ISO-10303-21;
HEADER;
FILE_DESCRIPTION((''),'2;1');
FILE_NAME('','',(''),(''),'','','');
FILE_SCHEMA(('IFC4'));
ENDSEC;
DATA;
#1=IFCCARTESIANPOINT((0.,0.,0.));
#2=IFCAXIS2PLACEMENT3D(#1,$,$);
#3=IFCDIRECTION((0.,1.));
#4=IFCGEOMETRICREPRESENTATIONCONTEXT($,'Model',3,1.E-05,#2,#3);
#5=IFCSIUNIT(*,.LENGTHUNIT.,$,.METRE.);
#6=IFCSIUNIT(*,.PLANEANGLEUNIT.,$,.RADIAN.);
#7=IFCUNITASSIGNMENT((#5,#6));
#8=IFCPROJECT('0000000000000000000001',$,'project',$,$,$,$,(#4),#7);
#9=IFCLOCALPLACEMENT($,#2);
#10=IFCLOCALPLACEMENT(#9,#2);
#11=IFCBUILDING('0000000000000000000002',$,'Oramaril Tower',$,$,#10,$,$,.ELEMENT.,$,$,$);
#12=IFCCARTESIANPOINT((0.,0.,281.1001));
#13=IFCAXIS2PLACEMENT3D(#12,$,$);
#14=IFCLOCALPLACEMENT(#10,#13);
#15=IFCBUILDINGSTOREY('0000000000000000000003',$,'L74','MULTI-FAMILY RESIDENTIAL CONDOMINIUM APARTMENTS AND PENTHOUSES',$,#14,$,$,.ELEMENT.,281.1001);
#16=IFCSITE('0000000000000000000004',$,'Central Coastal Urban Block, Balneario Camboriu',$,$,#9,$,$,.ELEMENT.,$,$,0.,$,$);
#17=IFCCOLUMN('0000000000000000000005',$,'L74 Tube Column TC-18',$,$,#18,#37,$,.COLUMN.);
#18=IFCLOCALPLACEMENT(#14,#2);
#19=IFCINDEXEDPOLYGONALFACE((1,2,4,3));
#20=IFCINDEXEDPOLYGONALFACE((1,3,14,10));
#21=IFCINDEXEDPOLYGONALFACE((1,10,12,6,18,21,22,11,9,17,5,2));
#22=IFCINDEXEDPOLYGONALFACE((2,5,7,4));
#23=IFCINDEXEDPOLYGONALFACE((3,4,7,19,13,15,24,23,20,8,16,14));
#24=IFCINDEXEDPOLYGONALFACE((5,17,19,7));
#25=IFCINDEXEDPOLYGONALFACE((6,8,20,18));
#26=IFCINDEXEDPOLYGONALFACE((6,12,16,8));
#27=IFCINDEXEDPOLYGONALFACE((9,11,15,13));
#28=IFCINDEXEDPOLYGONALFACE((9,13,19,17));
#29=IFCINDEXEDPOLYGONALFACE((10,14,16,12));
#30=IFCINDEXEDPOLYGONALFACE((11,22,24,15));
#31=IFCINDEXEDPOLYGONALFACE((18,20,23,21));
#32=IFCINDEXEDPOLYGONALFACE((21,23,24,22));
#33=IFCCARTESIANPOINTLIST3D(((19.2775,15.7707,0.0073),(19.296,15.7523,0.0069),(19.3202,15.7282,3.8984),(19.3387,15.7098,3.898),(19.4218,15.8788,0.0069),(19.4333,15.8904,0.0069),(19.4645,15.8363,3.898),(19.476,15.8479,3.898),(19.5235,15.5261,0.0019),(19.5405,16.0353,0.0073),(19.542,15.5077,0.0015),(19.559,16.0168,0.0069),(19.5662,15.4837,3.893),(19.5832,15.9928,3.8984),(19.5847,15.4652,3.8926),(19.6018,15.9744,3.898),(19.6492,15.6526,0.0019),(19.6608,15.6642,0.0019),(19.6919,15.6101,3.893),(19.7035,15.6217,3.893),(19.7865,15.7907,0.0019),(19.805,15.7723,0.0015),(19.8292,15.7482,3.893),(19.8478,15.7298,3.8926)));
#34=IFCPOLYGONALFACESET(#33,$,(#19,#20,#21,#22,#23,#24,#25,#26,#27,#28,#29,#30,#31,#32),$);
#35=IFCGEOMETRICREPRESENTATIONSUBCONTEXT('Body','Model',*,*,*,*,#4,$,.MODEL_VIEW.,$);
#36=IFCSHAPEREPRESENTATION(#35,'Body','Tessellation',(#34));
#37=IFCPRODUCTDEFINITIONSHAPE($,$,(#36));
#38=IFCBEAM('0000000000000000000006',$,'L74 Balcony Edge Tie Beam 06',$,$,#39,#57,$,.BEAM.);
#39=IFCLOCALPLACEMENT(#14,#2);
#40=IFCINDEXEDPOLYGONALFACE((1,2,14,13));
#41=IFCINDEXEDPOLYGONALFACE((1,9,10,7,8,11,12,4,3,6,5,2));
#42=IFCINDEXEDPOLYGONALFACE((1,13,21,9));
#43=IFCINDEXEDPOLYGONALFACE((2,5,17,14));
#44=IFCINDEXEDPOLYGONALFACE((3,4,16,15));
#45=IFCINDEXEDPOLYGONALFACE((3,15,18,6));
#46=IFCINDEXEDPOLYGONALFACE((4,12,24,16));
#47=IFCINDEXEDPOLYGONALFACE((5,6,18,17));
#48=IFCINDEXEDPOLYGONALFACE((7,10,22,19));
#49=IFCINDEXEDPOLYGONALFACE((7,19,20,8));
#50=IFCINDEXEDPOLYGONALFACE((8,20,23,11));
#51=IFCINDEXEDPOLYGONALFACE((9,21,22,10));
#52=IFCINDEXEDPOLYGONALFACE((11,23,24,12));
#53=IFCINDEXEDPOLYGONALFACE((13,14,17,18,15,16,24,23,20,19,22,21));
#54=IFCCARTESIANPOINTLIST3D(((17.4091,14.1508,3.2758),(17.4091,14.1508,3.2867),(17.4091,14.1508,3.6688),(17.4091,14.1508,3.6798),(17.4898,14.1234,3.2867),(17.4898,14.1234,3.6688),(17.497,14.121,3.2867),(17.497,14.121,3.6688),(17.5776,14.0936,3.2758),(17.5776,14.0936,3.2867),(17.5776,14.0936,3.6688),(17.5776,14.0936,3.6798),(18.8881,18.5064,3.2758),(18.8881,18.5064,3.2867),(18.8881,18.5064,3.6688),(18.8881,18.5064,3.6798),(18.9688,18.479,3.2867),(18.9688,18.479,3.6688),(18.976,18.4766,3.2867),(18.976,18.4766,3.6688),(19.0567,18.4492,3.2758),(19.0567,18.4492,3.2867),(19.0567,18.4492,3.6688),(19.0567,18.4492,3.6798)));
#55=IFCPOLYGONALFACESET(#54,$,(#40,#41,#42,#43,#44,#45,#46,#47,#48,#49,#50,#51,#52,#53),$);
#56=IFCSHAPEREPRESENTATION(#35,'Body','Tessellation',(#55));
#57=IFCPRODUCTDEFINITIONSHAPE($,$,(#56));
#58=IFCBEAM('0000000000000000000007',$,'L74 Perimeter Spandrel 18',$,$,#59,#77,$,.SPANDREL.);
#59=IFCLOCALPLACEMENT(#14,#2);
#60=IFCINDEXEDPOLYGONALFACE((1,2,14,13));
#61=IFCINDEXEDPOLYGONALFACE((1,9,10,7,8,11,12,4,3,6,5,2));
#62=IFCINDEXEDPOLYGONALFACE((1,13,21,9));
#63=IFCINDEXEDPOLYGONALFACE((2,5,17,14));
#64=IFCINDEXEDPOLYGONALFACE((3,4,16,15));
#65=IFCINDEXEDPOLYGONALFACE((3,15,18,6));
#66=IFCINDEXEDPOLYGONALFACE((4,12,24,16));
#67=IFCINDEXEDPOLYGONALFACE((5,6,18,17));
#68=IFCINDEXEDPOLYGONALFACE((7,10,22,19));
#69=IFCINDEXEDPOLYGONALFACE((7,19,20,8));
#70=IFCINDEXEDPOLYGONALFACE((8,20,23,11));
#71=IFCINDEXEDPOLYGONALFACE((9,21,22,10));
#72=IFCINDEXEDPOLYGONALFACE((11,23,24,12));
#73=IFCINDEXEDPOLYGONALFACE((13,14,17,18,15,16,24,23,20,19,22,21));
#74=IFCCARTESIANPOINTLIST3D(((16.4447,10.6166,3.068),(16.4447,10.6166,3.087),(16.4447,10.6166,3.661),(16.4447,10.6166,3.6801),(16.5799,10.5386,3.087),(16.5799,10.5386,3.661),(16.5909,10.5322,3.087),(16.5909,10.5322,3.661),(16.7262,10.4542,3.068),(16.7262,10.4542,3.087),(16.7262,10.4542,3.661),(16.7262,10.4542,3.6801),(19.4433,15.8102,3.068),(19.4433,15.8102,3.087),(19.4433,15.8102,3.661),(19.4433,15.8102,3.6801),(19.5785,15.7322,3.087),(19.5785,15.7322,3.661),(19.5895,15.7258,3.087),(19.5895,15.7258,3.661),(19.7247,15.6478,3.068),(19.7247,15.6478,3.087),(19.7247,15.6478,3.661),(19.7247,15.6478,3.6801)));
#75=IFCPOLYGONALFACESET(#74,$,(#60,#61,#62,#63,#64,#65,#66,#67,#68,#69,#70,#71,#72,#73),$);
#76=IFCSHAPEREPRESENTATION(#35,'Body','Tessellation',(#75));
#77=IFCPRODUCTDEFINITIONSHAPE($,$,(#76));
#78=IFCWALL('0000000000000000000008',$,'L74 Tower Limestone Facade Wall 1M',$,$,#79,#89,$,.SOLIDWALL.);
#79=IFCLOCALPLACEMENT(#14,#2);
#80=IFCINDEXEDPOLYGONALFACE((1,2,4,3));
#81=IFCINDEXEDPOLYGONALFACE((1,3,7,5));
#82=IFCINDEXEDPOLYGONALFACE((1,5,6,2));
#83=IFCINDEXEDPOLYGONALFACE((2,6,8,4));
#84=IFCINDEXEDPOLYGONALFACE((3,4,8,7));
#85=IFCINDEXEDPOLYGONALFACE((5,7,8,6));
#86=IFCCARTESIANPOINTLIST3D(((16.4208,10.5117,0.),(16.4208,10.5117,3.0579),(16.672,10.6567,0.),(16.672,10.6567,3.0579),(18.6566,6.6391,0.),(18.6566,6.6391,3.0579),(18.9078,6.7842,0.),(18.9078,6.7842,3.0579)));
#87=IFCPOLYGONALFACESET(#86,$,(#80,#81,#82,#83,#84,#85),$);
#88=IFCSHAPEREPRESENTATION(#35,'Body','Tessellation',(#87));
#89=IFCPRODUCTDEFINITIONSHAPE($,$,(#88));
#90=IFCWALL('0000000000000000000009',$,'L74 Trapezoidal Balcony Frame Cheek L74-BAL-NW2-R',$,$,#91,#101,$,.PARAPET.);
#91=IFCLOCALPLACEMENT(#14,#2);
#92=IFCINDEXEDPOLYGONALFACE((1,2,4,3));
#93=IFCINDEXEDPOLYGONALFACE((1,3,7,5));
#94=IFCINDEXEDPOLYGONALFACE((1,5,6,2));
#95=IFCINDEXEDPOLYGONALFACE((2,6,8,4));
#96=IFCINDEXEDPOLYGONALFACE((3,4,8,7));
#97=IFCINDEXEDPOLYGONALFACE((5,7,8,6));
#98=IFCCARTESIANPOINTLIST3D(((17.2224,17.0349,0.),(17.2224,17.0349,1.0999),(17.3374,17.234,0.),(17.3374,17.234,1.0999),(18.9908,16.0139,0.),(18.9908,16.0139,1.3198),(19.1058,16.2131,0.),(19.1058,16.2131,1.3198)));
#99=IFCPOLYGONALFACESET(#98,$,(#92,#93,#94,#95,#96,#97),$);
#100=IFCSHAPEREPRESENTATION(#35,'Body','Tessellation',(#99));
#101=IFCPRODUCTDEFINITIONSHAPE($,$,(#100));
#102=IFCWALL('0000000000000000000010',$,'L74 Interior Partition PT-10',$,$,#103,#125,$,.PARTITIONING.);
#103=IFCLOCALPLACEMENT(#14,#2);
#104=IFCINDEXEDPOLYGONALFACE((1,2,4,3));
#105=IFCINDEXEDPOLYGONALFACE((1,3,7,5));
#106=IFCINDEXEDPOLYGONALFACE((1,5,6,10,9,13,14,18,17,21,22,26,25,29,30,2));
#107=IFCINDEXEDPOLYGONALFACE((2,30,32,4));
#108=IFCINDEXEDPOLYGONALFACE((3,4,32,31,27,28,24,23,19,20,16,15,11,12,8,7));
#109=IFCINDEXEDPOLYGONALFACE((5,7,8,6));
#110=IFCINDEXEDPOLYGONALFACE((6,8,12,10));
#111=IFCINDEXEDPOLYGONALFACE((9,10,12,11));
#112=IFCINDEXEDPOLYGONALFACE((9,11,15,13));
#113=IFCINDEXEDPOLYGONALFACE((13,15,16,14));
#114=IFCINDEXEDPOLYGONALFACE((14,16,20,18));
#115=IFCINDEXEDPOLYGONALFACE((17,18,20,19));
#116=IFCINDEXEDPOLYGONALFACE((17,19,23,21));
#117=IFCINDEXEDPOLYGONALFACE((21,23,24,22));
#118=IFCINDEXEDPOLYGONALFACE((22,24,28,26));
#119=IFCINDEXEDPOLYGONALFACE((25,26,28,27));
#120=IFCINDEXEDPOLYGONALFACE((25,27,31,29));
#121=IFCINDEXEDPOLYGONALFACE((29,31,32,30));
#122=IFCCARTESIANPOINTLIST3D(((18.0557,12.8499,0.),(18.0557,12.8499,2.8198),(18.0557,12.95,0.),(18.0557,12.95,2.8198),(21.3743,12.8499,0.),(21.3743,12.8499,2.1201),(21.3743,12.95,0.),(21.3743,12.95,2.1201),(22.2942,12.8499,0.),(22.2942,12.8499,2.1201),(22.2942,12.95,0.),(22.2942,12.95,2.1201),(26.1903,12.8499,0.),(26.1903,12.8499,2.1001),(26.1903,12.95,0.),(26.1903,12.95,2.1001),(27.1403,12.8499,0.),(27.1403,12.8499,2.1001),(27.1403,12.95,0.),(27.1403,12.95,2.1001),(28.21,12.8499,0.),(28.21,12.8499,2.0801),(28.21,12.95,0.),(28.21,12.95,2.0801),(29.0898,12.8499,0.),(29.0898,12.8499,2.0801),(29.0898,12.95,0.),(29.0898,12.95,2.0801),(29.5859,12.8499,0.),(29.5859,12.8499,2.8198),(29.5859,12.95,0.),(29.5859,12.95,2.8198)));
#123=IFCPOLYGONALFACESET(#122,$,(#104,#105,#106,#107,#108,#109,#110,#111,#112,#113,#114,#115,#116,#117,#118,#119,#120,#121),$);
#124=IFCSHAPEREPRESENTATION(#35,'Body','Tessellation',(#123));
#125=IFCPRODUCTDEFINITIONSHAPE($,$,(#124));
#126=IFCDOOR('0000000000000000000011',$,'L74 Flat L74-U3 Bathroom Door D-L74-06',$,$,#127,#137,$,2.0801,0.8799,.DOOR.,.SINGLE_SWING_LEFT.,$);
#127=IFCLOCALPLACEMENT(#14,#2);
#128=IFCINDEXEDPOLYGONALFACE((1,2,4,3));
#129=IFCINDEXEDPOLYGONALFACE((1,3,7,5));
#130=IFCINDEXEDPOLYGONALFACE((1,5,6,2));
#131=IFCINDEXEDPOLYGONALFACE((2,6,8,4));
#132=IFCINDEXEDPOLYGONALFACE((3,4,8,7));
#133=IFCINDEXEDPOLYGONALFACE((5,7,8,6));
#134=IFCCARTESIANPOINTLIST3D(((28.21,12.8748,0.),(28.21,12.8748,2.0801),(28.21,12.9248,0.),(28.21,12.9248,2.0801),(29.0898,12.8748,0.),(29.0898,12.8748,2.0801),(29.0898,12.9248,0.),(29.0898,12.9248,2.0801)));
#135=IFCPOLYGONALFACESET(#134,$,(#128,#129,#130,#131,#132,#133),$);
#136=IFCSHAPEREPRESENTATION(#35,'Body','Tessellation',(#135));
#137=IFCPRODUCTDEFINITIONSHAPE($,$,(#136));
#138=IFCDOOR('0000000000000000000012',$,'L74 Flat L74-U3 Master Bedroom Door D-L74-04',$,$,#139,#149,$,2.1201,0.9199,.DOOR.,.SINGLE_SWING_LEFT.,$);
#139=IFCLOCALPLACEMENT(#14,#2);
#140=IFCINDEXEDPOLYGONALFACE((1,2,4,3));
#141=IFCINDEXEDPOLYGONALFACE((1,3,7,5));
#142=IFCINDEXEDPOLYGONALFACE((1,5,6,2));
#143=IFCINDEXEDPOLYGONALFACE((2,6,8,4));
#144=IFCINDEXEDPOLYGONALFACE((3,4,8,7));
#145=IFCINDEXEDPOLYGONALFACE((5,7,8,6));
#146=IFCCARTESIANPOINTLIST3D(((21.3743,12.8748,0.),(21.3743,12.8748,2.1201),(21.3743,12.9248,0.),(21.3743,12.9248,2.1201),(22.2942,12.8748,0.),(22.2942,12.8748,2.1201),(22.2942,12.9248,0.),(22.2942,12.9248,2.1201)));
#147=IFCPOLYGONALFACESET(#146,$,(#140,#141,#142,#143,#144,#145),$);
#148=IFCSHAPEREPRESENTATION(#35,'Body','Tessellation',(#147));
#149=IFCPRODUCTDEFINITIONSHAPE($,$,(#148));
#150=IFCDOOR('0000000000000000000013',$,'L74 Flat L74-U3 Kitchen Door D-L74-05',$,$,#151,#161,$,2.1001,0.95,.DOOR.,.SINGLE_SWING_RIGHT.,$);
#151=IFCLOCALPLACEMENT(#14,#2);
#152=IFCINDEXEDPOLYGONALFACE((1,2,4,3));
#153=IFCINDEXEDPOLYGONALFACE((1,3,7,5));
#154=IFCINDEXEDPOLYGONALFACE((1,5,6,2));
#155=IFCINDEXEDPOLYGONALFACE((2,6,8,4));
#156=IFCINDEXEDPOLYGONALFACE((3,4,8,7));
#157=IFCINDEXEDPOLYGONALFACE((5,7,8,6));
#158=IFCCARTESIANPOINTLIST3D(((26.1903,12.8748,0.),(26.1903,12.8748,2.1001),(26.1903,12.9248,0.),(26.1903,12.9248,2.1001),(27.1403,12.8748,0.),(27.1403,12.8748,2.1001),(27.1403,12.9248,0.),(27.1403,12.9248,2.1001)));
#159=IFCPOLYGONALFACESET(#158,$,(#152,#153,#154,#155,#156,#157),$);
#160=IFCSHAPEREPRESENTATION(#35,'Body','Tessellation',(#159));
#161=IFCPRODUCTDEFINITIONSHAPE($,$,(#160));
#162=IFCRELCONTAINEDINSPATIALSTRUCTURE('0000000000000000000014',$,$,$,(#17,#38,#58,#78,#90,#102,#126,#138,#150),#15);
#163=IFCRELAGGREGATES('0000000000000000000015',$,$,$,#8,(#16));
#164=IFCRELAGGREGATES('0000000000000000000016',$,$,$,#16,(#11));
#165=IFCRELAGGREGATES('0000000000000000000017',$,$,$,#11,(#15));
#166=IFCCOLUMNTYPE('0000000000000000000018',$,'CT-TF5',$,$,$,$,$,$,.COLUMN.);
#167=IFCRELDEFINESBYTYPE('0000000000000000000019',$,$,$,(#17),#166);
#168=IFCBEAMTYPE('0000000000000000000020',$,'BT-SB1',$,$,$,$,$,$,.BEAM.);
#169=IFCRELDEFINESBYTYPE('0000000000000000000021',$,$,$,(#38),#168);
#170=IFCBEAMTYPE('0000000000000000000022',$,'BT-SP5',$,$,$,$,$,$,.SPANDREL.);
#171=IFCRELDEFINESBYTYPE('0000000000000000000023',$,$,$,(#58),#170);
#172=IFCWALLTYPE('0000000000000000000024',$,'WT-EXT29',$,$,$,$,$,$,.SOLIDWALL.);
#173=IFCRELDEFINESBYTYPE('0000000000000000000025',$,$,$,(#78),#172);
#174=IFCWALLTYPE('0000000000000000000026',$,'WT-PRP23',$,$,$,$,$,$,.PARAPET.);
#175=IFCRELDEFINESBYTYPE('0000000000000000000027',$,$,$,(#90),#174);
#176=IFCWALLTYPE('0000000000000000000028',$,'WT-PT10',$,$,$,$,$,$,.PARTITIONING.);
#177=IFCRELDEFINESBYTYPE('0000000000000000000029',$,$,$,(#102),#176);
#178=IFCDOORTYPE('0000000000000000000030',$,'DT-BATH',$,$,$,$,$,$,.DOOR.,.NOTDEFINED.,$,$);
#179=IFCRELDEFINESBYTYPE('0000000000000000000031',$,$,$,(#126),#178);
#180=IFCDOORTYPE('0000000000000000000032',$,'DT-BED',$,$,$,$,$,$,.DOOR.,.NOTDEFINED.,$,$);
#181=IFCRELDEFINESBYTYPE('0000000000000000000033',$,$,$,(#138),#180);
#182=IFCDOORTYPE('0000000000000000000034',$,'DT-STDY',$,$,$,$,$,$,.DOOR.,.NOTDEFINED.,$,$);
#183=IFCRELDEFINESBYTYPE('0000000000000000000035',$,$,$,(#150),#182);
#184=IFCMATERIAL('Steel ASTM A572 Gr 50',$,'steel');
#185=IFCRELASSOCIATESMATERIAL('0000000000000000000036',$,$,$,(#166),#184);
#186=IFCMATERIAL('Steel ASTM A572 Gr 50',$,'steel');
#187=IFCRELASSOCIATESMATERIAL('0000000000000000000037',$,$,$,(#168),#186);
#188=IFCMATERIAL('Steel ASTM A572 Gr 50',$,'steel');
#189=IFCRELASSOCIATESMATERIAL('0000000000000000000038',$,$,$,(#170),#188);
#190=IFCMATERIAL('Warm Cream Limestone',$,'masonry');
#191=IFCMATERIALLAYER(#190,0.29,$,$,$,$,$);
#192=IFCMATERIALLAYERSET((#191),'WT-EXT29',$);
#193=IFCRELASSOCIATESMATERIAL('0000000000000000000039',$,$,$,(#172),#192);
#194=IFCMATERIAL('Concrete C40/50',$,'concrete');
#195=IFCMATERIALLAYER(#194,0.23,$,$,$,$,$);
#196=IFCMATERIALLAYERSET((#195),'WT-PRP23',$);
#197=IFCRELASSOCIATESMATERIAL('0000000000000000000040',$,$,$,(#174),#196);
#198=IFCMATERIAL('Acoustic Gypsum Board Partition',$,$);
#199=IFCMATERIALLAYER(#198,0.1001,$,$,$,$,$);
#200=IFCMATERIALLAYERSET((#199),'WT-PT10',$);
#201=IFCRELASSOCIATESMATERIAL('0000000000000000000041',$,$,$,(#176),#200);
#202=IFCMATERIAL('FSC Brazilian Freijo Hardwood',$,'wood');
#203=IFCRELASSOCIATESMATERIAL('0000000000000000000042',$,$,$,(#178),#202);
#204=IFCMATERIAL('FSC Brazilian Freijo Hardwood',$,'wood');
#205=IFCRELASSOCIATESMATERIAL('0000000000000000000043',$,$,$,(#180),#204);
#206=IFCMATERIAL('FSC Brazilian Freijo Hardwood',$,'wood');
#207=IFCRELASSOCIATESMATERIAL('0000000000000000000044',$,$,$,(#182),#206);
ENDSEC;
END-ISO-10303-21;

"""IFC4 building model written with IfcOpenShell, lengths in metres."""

from ifc_helpers import new_model, si_unit, direction, frame, frame_2d, origin, origin_2d, place, context, subcontext, project, spatial, polyline, rectangle, i_section, outline, extrude, material, layer, layer_set, material_profile, profile_set, type_object, element, fill, save


model = new_model("IFC4")

# Units and contexts
model_context = context("Model", 3, precision=1e-05, world=origin(), true_north=direction((0.0, 1.0)))
body_context = subcontext(model_context, "Body", "Model", "MODEL_VIEW")
ifc_project = project(units=[si_unit("LENGTHUNIT", "METRE"), si_unit("PLANEANGLEUNIT", "RADIAN")], contexts=[model_context])

# Site, building, storey
site_placement = place(None, origin())
site = spatial("IfcSite", under=ifc_project, at=site_placement, Name="Central Coastal Urban Block, Balneario Camboriu", CompositionType="ELEMENT", RefElevation=0.0)
building_placement = place(site_placement, origin())
building = spatial("IfcBuilding", under=site, at=building_placement, Name="Oramaril Tower", CompositionType="ELEMENT")
storey_placement = place(building_placement, frame((0.0, 0.0, 281.1001)))
storey = spatial("IfcBuildingStorey", under=building, at=storey_placement, Name="L74", Description="MULTI-FAMILY RESIDENTIAL CONDOMINIUM APARTMENTS AND PENTHOUSES", CompositionType="ELEMENT", Elevation=281.1001)

# Column
ifc_material_1 = material(Name="Steel ASTM A572 Gr 50", Category="steel")
ifc_material_profile_1 = material_profile(ifc_material_1, i_section(OverallWidth=0.373, OverallDepth=0.373, WebThickness=0.0164, FlangeThickness=0.0261, at=origin_2d()), Name="W14X132")
ifc_profile_set_1 = profile_set([ifc_material_profile_1], Name="Steel ASTM A572 Gr 50")
column_type = type_object("IfcColumnType", Name="CT-TF5", PredefinedType="COLUMN", material=ifc_profile_set_1)
column_placement = place(storey_placement, frame((19.5413, 15.7715, 0.0044), z_axis=(0.010979, -0.010916, 0.99988), x_axis=(0.705078, 0.70913, 0.0)))
element("IfcColumn", 1, at=column_placement, inside=storey, type_object=column_type, Name="L74 Tube Column TC-18", PredefinedType="COLUMN", context=body_context, shape_type="SweptSolid", body=[
    extrude(i_section(OverallWidth=0.373, OverallDepth=0.373, WebThickness=0.0164, FlangeThickness=0.0261, at=origin_2d()), origin(), (0.0, 0.0, 1.0), 3.8916),
])

# Beams
ifc_material_2 = material(Name="Steel ASTM A572 Gr 50", Category="steel")
ifc_material_profile_2 = material_profile(ifc_material_2, i_section(OverallWidth=0.178, OverallDepth=0.4041, WebThickness=0.0076, FlangeThickness=0.011, at=origin_2d()), Name="W16X36")
ifc_profile_set_2 = profile_set([ifc_material_profile_2], Name="Steel ASTM A572 Gr 50")
beam_type_1 = type_object("IfcBeamType", Name="BT-SB1", PredefinedType="BEAM", material=ifc_profile_set_2)
beam_1_placement = place(storey_placement, frame((18.9724, 18.4778, 3.4778), z_axis=(-0.321541, -0.946896, 0.0), x_axis=(0.946896, -0.321541, 0.0)))
element("IfcBeam", 2, at=beam_1_placement, inside=storey, type_object=beam_type_1, Name="L74 Balcony Edge Tie Beam 06", PredefinedType="BEAM", context=body_context, shape_type="SweptSolid", body=[
    extrude(i_section(OverallWidth=0.178, OverallDepth=0.4041, WebThickness=0.0076, FlangeThickness=0.011, at=origin_2d()), origin(), (0.0, 0.0, 1.0), 4.5999),
])
ifc_material_3 = material(Name="Steel ASTM A572 Gr 50", Category="steel")
ifc_material_profile_3 = material_profile(ifc_material_3, i_section(OverallWidth=0.325, OverallDepth=0.6121, WebThickness=0.0127, FlangeThickness=0.019, at=origin_2d()), Name="W24X104")
ifc_profile_set_3 = profile_set([ifc_material_profile_3], Name="Steel ASTM A572 Gr 50")
beam_type_2 = type_object("IfcBeamType", Name="BT-SP5", PredefinedType="SPANDREL", material=ifc_profile_set_3)
beam_2_placement = place(storey_placement, frame((19.584, 15.729, 3.374), z_axis=(-0.500001, -0.866025, 0.0), x_axis=(0.866025, -0.500001, 0.0)))
element("IfcBeam", 3, at=beam_2_placement, inside=storey, type_object=beam_type_2, Name="L74 Perimeter Spandrel 18", PredefinedType="SPANDREL", context=body_context, shape_type="SweptSolid", body=[
    extrude(i_section(OverallWidth=0.325, OverallDepth=0.6121, WebThickness=0.0127, FlangeThickness=0.019, at=origin_2d()), origin(), (0.0, 0.0, 1.0), 5.9971),
])

# Walls
ifc_material_4 = material(Name="Warm Cream Limestone", Category="masonry")
ifc_layer_1 = layer(ifc_material_4, 0.29)
ifc_layer_set_1 = layer_set([ifc_layer_1], Name="WT-EXT29")
wall_type_1 = type_object("IfcWallType", Name="WT-EXT29", PredefinedType="SOLIDWALL", material=ifc_layer_set_1)
wall_1_placement = place(storey_placement, frame((16.5464, 10.5842, 0.0), z_axis=(0.0, 0.0, 1.0), x_axis=(0.500003, -0.866024, 0.0)))
element("IfcWall", 4, at=wall_1_placement, inside=storey, type_object=wall_type_1, Name="L74 Tower Limestone Facade Wall 1M", PredefinedType="SOLIDWALL", context=body_context, shape_type="SweptSolid", body=[
    extrude(rectangle(XDim=4.4717, YDim=0.29, at=frame_2d((2.2358, 0.0))), origin(), (0.0, 0.0, 1.0), 3.0579),
])
ifc_material_5 = material(Name="Concrete C40/50", Category="concrete")
ifc_layer_2 = layer(ifc_material_5, 0.23)
ifc_layer_set_2 = layer_set([ifc_layer_2], Name="WT-PRP23")
wall_type_2 = type_object("IfcWallType", Name="WT-PRP23", PredefinedType="PARAPET", material=ifc_layer_set_2)
wall_2_placement = place(storey_placement, frame((19.0483, 16.1135, 0.0), z_axis=(0.0, 0.0, 1.0), x_axis=(-0.866042, 0.499971, 0.0)))
element("IfcWall", 5, at=wall_2_placement, inside=storey, type_object=wall_type_2, Name="L74 Trapezoidal Balcony Frame Cheek L74-BAL-NW2-R", PredefinedType="PARAPET", context=body_context, shape_type="SweptSolid", body=[
    extrude(outline(polyline([(0.0, 0.0), (2.042, 0.0), (2.042, 1.0999), (0.0, 1.3198), (0.0, 0.0)])), frame((0.0, 0.115, 0.0), z_axis=(0.0, -1.0, 0.0), x_axis=(1.0, 0.0, 0.0)), (0.0, 0.0, 1.0), 0.23),
])

# Wall, openings, doors
ifc_material_6 = material(Name="Acoustic Gypsum Board Partition")
ifc_layer_3 = layer(ifc_material_6, 0.1001)
ifc_layer_set_3 = layer_set([ifc_layer_3], Name="WT-PT10")
wall_type_3 = type_object("IfcWallType", Name="WT-PT10", PredefinedType="PARTITIONING", material=ifc_layer_set_3)
wall_3_placement = place(storey_placement, frame((18.0557, 12.8999, 0.0), z_axis=(0.0, 0.0, 1.0), x_axis=(1.0, 0.0, 0.0)))
wall_3 = element("IfcWall", 6, at=wall_3_placement, inside=storey, type_object=wall_type_3, Name="L74 Interior Partition PT-10", PredefinedType="PARTITIONING", context=body_context, shape_type="SweptSolid", body=[
    extrude(rectangle(XDim=11.5303, YDim=0.1001, at=frame_2d((5.7651, 0.0))), origin(), (0.0, 0.0, 1.0), 2.8198),
])
opening_1_placement = place(wall_3_placement, frame((3.3186, 0.0, 0.0)))
opening_1 = element("IfcOpeningElement", 7, at=opening_1_placement, cuts=wall_3, PredefinedType="OPENING", context=body_context, shape_type="SweptSolid", body=[
    extrude(rectangle(XDim=0.9199, YDim=2.1201, at=frame_2d((0.46, 1.0601))), frame((0.0, 0.05, 0.0), z_axis=(0.0, -1.0, 0.0), x_axis=(1.0, 0.0, 0.0)), (0.0, 0.0, 1.0), 0.1001),
])
opening_2_placement = place(wall_3_placement, frame((8.1345, 0.0, 0.0)))
opening_2 = element("IfcOpeningElement", 8, at=opening_2_placement, cuts=wall_3, PredefinedType="OPENING", context=body_context, shape_type="SweptSolid", body=[
    extrude(rectangle(XDim=0.95, YDim=2.1001, at=frame_2d((0.4751, 1.05))), frame((0.0, 0.05, 0.0), z_axis=(0.0, -1.0, 0.0), x_axis=(1.0, 0.0, 0.0)), (0.0, 0.0, 1.0), 0.1001),
])
opening_3_placement = place(wall_3_placement, frame((10.1543, 0.0, 0.0)))
opening_3 = element("IfcOpeningElement", 9, at=opening_3_placement, cuts=wall_3, PredefinedType="OPENING", context=body_context, shape_type="SweptSolid", body=[
    extrude(rectangle(XDim=0.8799, YDim=2.0801, at=frame_2d((0.4399, 1.04))), frame((0.0, 0.05, 0.0), z_axis=(0.0, -1.0, 0.0), x_axis=(1.0, 0.0, 0.0)), (0.0, 0.0, 1.0), 0.1001),
])
ifc_material_7 = material(Name="FSC Brazilian Freijo Hardwood", Category="wood")
door_type_1 = type_object("IfcDoorType", Name="DT-BATH", OperationType="NOTDEFINED", PredefinedType="DOOR", material=ifc_material_7)
door_1_placement = place(opening_3_placement, origin())
door_1 = element("IfcDoor", 10, at=door_1_placement, inside=storey, type_object=door_type_1, Name="L74 Flat L74-U3 Bathroom Door D-L74-06", OperationType="SINGLE_SWING_LEFT", OverallHeight=2.0801, OverallWidth=0.8799, PredefinedType="DOOR", context=body_context, shape_type="SweptSolid", body=[
    extrude(rectangle(XDim=0.8799, YDim=2.0801, at=frame_2d((0.4399, 1.04))), frame((0.0, 0.0249, 0.0), z_axis=(0.0, -1.0, 0.0), x_axis=(1.0, 0.0, 0.0)), (0.0, 0.0, 1.0), 0.05),
])
fill(opening_3, door_1)
ifc_material_8 = material(Name="FSC Brazilian Freijo Hardwood", Category="wood")
door_type_2 = type_object("IfcDoorType", Name="DT-BED", OperationType="NOTDEFINED", PredefinedType="DOOR", material=ifc_material_8)
door_2_placement = place(opening_1_placement, origin())
door_2 = element("IfcDoor", 11, at=door_2_placement, inside=storey, type_object=door_type_2, Name="L74 Flat L74-U3 Master Bedroom Door D-L74-04", OperationType="SINGLE_SWING_LEFT", OverallHeight=2.1201, OverallWidth=0.9199, PredefinedType="DOOR", context=body_context, shape_type="SweptSolid", body=[
    extrude(rectangle(XDim=0.9199, YDim=2.1201, at=frame_2d((0.46, 1.0601))), frame((0.0, 0.0249, 0.0), z_axis=(0.0, -1.0, 0.0), x_axis=(1.0, 0.0, 0.0)), (0.0, 0.0, 1.0), 0.05),
])
fill(opening_1, door_2)
ifc_material_9 = material(Name="FSC Brazilian Freijo Hardwood", Category="wood")
door_type_3 = type_object("IfcDoorType", Name="DT-STDY", OperationType="NOTDEFINED", PredefinedType="DOOR", material=ifc_material_9)
door_3_placement = place(opening_2_placement, origin())
door_3 = element("IfcDoor", 12, at=door_3_placement, inside=storey, type_object=door_type_3, Name="L74 Flat L74-U3 Kitchen Door D-L74-05", OperationType="SINGLE_SWING_RIGHT", OverallHeight=2.1001, OverallWidth=0.95, PredefinedType="DOOR", context=body_context, shape_type="SweptSolid", body=[
    extrude(rectangle(XDim=0.95, YDim=2.1001, at=frame_2d((0.4751, 1.05))), frame((0.0, 0.0249, 0.0), z_axis=(0.0, -1.0, 0.0), x_axis=(1.0, 0.0, 0.0)), (0.0, 0.0, 1.0), 0.05),
])
fill(opening_2, door_3)

save(model, "model.ifc")
